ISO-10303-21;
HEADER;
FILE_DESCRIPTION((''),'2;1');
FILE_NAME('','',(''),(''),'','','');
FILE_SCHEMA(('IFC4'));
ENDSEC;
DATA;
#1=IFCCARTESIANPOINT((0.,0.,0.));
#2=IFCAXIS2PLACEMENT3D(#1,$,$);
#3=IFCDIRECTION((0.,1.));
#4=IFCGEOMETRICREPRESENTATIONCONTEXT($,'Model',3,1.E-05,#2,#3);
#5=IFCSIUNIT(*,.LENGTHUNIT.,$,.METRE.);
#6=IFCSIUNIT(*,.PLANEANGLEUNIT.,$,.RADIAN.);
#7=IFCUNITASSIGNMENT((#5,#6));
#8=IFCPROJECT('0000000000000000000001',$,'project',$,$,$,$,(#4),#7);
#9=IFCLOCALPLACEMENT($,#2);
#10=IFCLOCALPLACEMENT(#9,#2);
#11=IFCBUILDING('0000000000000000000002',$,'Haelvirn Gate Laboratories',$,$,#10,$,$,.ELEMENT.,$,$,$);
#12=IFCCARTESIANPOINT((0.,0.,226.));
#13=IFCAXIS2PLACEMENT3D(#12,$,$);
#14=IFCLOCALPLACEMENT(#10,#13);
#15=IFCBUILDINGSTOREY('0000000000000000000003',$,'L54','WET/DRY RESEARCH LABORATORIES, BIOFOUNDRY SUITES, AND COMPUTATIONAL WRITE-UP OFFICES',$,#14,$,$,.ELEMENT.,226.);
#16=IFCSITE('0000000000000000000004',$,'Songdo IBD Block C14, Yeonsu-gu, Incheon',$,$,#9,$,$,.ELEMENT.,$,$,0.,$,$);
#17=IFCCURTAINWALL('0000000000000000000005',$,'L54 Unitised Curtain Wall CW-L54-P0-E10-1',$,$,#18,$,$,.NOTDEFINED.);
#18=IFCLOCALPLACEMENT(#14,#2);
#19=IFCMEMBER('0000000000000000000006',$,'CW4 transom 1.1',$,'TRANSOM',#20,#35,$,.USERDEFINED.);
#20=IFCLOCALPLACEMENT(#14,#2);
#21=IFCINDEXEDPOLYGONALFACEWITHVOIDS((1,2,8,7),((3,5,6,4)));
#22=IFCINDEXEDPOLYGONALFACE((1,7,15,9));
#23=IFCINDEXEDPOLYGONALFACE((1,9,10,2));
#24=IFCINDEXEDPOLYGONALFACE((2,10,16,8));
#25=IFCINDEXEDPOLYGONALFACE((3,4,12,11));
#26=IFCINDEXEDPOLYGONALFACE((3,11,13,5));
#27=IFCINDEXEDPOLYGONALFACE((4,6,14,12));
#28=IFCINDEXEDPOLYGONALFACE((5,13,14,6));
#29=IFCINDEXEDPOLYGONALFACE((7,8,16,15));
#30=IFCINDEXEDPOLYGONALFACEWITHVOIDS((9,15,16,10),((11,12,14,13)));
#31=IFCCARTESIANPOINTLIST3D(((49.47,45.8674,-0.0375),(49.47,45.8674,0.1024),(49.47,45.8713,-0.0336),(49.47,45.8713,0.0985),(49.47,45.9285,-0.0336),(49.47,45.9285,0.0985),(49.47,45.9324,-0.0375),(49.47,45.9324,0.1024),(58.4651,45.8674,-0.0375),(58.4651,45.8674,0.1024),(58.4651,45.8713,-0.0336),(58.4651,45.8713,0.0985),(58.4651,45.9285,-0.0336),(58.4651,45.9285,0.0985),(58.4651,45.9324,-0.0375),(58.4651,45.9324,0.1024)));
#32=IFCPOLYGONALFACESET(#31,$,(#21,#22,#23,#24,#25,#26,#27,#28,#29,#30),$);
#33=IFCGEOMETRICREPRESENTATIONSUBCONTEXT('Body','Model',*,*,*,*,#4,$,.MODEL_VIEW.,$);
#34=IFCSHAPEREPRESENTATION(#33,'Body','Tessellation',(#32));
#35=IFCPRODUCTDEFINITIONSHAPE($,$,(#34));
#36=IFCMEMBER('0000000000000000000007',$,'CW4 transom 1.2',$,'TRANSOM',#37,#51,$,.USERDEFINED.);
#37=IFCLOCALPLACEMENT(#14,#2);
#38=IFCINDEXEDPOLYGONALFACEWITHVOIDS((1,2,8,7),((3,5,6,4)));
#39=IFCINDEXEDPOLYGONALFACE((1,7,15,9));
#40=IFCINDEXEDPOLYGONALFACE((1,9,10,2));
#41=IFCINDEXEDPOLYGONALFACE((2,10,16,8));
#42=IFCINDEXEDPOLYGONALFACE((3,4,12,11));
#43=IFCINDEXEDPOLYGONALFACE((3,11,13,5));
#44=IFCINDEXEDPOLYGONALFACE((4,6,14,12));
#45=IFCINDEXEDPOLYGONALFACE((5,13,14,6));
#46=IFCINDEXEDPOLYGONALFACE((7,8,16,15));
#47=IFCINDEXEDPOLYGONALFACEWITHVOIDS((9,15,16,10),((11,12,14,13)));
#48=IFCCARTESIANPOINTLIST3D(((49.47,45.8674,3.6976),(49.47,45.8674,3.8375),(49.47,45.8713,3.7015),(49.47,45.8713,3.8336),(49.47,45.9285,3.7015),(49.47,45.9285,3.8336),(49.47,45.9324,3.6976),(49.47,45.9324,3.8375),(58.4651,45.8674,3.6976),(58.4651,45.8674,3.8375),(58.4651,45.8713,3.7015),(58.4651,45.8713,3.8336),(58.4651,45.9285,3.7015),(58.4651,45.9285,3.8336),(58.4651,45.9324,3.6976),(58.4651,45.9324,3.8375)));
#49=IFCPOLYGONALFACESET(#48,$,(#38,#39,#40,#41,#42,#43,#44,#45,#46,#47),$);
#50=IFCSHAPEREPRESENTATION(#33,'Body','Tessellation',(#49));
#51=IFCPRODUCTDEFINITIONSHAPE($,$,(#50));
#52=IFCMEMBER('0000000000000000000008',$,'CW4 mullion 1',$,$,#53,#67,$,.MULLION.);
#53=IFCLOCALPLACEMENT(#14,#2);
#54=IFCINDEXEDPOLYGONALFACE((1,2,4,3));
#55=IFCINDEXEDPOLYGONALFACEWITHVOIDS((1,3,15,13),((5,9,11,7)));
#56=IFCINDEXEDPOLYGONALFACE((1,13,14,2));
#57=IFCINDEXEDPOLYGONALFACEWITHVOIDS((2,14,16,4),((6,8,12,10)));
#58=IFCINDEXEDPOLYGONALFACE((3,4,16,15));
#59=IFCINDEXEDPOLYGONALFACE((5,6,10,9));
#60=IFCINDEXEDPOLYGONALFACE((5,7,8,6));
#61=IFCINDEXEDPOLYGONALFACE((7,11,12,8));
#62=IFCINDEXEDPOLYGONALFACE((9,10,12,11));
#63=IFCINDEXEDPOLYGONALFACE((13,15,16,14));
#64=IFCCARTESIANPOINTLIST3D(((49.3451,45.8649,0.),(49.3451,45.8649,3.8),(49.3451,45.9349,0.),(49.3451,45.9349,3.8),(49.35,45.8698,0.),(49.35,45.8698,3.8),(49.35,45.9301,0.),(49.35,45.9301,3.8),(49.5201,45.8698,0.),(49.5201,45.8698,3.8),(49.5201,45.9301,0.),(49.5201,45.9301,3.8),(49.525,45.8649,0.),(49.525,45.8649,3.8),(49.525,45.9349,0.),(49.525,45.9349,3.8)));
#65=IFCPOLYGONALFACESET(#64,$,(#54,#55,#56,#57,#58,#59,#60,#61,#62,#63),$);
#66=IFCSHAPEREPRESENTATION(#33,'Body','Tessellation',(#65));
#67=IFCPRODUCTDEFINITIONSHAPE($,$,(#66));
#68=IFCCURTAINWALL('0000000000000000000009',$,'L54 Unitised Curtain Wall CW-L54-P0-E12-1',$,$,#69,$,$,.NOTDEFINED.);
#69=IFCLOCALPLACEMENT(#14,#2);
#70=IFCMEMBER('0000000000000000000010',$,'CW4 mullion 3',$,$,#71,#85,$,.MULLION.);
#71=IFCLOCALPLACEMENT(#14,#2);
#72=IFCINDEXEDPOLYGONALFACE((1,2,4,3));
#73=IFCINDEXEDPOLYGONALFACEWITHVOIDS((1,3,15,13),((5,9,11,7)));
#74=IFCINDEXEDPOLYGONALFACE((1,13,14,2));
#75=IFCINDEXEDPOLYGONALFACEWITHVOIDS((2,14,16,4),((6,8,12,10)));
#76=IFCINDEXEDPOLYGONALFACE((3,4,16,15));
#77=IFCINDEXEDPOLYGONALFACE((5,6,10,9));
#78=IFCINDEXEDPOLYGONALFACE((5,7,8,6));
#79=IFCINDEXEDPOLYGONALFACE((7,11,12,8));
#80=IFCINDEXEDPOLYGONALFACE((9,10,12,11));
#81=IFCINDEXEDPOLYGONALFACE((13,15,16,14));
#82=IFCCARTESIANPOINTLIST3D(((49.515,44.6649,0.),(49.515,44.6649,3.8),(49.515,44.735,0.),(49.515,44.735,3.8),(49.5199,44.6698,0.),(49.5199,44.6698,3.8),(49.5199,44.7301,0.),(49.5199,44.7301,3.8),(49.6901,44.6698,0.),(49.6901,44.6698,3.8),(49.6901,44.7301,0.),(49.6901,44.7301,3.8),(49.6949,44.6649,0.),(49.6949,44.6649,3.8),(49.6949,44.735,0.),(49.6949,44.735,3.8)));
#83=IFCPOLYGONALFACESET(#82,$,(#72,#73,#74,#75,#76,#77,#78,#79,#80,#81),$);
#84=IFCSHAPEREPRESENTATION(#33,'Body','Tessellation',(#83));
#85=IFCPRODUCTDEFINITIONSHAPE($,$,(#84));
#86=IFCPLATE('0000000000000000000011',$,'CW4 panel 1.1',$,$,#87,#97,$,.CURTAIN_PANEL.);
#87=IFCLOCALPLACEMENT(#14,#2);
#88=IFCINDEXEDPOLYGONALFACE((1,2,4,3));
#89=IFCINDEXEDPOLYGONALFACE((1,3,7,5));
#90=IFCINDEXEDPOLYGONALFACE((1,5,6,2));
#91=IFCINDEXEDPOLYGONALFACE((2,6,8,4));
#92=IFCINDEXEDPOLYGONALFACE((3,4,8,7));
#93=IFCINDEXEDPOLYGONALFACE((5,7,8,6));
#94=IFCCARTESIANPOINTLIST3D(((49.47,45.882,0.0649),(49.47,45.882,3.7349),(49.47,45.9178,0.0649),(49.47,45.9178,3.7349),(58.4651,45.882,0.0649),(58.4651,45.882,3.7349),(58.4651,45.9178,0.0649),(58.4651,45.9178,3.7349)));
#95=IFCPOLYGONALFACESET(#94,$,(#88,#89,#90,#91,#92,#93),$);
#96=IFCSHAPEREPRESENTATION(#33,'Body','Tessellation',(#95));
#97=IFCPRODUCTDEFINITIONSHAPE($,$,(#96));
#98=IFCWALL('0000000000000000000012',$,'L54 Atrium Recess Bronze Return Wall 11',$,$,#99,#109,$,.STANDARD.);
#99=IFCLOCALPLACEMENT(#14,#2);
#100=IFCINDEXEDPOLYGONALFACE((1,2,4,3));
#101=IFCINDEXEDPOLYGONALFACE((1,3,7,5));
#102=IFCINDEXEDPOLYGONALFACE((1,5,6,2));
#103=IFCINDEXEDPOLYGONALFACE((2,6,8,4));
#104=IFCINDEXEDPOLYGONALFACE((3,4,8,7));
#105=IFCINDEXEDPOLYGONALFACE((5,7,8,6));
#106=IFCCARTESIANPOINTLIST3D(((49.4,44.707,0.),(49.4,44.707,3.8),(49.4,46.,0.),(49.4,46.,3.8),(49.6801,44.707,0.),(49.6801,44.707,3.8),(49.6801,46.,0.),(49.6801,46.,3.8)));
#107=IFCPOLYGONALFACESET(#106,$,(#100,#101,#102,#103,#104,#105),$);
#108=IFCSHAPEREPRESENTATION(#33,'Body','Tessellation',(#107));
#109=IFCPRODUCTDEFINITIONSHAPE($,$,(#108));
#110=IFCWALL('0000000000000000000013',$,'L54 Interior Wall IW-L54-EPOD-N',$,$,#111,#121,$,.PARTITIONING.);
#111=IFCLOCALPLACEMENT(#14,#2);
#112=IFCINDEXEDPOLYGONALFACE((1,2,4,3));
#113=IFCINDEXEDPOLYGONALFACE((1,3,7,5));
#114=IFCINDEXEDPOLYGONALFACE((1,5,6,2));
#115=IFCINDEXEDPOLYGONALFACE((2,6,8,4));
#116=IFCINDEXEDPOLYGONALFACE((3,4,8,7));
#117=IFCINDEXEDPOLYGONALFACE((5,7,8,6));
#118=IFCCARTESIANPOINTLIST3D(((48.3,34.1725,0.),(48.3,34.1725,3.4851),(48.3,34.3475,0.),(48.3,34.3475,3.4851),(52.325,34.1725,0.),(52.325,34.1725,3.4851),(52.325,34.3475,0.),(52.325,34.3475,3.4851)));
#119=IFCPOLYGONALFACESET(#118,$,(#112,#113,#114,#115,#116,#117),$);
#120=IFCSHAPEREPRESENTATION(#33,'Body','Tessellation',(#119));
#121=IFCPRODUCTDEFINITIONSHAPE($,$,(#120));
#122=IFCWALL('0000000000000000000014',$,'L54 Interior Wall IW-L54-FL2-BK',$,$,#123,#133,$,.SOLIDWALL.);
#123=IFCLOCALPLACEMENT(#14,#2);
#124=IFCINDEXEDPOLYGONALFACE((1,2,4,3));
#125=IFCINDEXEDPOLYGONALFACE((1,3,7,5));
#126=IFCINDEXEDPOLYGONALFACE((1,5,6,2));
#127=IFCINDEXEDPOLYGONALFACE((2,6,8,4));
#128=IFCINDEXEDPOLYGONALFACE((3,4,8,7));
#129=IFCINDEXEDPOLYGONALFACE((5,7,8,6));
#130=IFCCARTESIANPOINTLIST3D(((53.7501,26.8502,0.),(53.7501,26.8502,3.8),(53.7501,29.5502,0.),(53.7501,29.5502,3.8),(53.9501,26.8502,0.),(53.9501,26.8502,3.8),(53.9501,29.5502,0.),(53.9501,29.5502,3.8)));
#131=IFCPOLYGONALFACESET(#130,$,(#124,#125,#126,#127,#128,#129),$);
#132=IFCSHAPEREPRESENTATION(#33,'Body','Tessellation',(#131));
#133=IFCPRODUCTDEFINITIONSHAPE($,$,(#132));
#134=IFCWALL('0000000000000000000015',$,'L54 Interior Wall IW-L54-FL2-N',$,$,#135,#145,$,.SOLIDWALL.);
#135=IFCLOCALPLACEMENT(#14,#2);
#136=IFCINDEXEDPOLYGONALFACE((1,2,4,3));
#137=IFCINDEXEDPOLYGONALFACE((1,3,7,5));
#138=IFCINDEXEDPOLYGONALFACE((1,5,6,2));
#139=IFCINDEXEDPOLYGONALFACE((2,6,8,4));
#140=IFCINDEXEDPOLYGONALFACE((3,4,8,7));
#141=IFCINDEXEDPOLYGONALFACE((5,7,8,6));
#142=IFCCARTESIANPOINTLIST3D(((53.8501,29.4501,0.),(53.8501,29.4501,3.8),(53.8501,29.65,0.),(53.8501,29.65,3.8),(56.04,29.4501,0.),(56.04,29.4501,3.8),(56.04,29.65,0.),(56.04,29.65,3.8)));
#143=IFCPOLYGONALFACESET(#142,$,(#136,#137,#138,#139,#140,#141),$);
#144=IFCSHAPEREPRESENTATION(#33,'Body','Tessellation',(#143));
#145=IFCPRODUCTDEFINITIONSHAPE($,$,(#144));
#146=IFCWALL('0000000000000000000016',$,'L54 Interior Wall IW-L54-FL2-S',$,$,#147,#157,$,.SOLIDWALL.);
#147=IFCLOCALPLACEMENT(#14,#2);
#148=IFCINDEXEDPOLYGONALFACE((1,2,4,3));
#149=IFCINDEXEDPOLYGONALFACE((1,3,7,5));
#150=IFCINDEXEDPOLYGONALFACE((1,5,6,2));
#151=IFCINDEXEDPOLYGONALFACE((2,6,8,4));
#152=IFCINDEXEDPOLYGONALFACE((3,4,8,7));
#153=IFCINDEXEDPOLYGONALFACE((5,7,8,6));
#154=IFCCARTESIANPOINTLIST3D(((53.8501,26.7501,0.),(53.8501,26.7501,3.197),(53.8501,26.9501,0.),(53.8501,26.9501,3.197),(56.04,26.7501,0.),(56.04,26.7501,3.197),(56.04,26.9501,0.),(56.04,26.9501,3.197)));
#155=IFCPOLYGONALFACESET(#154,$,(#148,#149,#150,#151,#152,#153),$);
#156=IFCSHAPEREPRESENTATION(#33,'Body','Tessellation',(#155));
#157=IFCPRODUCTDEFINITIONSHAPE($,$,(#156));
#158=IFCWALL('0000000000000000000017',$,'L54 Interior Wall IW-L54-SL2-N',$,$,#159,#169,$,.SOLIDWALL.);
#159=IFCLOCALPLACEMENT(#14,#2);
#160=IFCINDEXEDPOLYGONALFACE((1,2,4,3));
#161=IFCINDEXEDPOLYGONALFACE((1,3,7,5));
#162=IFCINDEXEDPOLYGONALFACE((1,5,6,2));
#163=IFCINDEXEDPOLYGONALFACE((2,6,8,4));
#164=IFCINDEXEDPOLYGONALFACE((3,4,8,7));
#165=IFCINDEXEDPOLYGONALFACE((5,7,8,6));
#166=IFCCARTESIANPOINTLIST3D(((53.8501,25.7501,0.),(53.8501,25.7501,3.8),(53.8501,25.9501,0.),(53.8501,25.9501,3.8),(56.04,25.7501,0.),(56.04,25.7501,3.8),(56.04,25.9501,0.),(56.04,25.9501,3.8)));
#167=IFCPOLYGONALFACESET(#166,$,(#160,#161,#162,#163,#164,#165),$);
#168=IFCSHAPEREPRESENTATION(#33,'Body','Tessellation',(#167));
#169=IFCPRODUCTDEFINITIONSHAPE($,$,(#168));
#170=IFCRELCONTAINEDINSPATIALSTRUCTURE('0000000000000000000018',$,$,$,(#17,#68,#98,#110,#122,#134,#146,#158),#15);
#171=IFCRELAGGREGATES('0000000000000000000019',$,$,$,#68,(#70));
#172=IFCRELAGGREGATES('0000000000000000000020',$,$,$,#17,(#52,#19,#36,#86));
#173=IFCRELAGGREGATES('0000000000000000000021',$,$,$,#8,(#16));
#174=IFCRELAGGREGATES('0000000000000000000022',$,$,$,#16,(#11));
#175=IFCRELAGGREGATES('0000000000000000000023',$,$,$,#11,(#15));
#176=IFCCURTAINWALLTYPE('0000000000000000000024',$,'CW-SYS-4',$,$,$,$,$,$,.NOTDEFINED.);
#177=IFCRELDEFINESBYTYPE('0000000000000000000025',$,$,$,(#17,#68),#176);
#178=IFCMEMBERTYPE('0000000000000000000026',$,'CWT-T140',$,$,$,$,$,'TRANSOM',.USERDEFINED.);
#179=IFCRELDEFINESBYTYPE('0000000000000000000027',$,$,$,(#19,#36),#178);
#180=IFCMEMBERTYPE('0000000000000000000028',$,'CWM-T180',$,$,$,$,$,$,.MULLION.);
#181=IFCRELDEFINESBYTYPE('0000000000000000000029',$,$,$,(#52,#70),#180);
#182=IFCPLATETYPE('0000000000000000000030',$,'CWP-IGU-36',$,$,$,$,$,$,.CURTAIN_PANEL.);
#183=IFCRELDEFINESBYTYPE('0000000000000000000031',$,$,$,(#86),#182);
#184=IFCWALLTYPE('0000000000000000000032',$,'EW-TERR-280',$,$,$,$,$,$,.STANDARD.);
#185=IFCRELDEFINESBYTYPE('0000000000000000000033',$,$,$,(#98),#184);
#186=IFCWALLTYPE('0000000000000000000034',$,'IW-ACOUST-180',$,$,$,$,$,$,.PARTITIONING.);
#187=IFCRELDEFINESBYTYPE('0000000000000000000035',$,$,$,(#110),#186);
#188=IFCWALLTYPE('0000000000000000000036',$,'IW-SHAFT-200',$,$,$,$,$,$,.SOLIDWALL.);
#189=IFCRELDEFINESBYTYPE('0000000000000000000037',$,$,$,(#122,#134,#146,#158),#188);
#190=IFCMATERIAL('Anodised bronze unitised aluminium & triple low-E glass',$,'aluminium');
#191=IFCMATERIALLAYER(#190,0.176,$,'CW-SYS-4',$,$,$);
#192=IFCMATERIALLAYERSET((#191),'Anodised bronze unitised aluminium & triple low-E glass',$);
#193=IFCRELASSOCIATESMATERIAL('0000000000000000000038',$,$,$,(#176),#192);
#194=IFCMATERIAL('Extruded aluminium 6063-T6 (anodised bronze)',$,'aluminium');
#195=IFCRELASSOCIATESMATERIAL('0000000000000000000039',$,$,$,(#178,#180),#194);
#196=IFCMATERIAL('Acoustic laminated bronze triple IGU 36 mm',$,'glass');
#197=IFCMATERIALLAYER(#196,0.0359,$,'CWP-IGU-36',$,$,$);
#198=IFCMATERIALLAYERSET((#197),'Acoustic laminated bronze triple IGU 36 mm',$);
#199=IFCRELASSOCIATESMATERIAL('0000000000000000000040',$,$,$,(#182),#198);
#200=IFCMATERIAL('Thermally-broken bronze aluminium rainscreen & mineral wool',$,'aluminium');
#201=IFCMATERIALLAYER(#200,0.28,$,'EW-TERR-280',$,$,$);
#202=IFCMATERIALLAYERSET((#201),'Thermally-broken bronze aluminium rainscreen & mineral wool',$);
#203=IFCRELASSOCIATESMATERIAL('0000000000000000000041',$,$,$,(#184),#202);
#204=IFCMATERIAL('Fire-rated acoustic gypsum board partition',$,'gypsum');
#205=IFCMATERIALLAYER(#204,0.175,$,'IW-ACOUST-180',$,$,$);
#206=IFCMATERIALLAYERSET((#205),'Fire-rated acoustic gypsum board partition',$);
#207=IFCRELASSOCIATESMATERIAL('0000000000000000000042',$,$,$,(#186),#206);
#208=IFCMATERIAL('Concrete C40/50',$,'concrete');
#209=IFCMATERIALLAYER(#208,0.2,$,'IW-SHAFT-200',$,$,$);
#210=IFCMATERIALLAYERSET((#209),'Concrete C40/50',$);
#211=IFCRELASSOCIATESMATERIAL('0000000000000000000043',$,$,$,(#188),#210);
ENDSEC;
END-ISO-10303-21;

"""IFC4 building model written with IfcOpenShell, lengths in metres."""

from ifc_helpers import new_model, si_unit, direction, frame, frame_2d, origin, origin_2d, place, context, subcontext, project, spatial, rectangle, hollow_rectangle, extrude, source, transform, mapped, material, layer, layer_set, material_profile, profile_set, type_object, type_shapes, element, aggregate, save


model = new_model("IFC4")

# Units and contexts
model_context = context("Model", 3, precision=1e-05, world=origin(), true_north=direction((0.0, 1.0)))
body_context = subcontext(model_context, "Body", "Model", "MODEL_VIEW")
ifc_project = project(units=[si_unit("LENGTHUNIT", "METRE"), si_unit("PLANEANGLEUNIT", "RADIAN")], contexts=[model_context])

# Site, building, storey
site_placement = place(None, origin())
site = spatial("IfcSite", under=ifc_project, at=site_placement, Name="Songdo IBD Block C14, Yeonsu-gu, Incheon", CompositionType="ELEMENT", RefElevation=0.0)
building_placement = place(site_placement, origin())
building = spatial("IfcBuilding", under=site, at=building_placement, Name="Haelvirn Gate Laboratories", CompositionType="ELEMENT")
storey_placement = place(building_placement, frame((0.0, 0.0, 226.0)))
storey = spatial("IfcBuildingStorey", under=building, at=storey_placement, Name="L54", Description="WET/DRY RESEARCH LABORATORIES, BIOFOUNDRY SUITES, AND COMPUTATIONAL WRITE-UP OFFICES", CompositionType="ELEMENT", Elevation=226.0)

# Curtain wall, members
ifc_material_1 = material(Name="Anodised bronze unitised aluminium & triple low-E glass", Category="aluminium")
ifc_layer_1 = layer(ifc_material_1, 0.176, Name="CW-SYS-4")
ifc_layer_set_1 = layer_set([ifc_layer_1], Name="Anodised bronze unitised aluminium & triple low-E glass")
curtain_wall_type = type_object("IfcCurtainWallType", Name="CW-SYS-4", PredefinedType="NOTDEFINED", material=ifc_layer_set_1)
curtain_wall_1_placement = place(storey_placement, origin())
curtain_wall_1 = element("IfcCurtainWall", 1, at=curtain_wall_1_placement, inside=storey, type_object=curtain_wall_type, Name="L54 Unitised Curtain Wall CW-L54-P0-E10-1", PredefinedType="NOTDEFINED")
ifc_material_2 = material(Name="Extruded aluminium 6063-T6 (anodised bronze)", Category="aluminium")
ifc_material_profile_1 = material_profile(ifc_material_2, hollow_rectangle(XDim=0.0649, YDim=0.1399, WallThickness=0.0039, at=origin_2d()), Name="CWT-140x65x4")
ifc_profile_set_1 = profile_set([ifc_material_profile_1], Name="Extruded aluminium 6063-T6 (anodised bronze)")
member_type_1 = type_object("IfcMemberType", Name="CWT-T140", ElementType="TRANSOM", PredefinedType="USERDEFINED", material=ifc_profile_set_1)
shared_shape_1 = source(origin(), body_context, "Body", "SweptSolid", [
    extrude(hollow_rectangle(XDim=0.0649, YDim=0.1399, WallThickness=0.0039, at=origin_2d()), origin(), (0.0, 0.0, 1.0), 8.9951),
])
type_shapes(member_type_1, [shared_shape_1])
member_1_placement = place(storey_placement, frame((49.47, 45.8999, 0.0325), z_axis=(1.0, 0.0, 0.0), x_axis=(0.0, 1.0, 0.0)))
member_1 = element("IfcMember", 2, at=member_1_placement, type_object=member_type_1, Name="CW4 transom 1.1", ObjectType="TRANSOM", PredefinedType="USERDEFINED", context=body_context, shape_type="MappedRepresentation", body=[
    mapped(shared_shape_1, transform((0.0, 0.0, 0.0), scale=1.0)),
])
member_2_placement = place(storey_placement, frame((49.47, 45.8999, 3.7676), z_axis=(1.0, 0.0, 0.0), x_axis=(0.0, 1.0, 0.0)))
member_2 = element("IfcMember", 3, at=member_2_placement, type_object=member_type_1, Name="CW4 transom 1.2", ObjectType="TRANSOM", PredefinedType="USERDEFINED", context=body_context, shape_type="MappedRepresentation", body=[
    mapped(shared_shape_1, transform((0.0, 0.0, 0.0), scale=1.0)),
])
ifc_material_profile_2 = material_profile(ifc_material_2, hollow_rectangle(XDim=0.0701, YDim=0.1799, WallThickness=0.0049, at=origin_2d()), Name="CWM-180x70x5")
ifc_profile_set_2 = profile_set([ifc_material_profile_2], Name="Extruded aluminium 6063-T6 (anodised bronze)")
member_type_2 = type_object("IfcMemberType", Name="CWM-T180", PredefinedType="MULLION", material=ifc_profile_set_2)
shared_shape_2 = source(origin(), body_context, "Body", "SweptSolid", [
    extrude(hollow_rectangle(XDim=0.0701, YDim=0.1799, WallThickness=0.0049, at=origin_2d()), origin(), (0.0, 0.0, 1.0), 3.8),
])
type_shapes(member_type_2, [shared_shape_2])
member_3_placement = place(storey_placement, frame((49.4351, 45.8999, 0.0), z_axis=(0.0, 0.0, 1.0), x_axis=(0.0, 1.0, 0.0)))
member_3 = element("IfcMember", 4, at=member_3_placement, type_object=member_type_2, Name="CW4 mullion 1", PredefinedType="MULLION", context=body_context, shape_type="MappedRepresentation", body=[
    mapped(shared_shape_2, transform((0.0, 0.0, 0.0), scale=1.0)),
])

# Curtain wall, member
curtain_wall_2_placement = place(storey_placement, origin())
curtain_wall_2 = element("IfcCurtainWall", 5, at=curtain_wall_2_placement, inside=storey, type_object=curtain_wall_type, Name="L54 Unitised Curtain Wall CW-L54-P0-E12-1", PredefinedType="NOTDEFINED")
member_4_placement = place(storey_placement, frame((49.605, 44.7, 0.0), z_axis=(0.0, 0.0, 1.0), x_axis=(0.0, 1.0, 0.0)))
member_4 = element("IfcMember", 6, at=member_4_placement, type_object=member_type_2, Name="CW4 mullion 3", PredefinedType="MULLION", context=body_context, shape_type="MappedRepresentation", body=[
    mapped(shared_shape_2, transform((0.0, 0.0, 0.0), scale=1.0)),
])
aggregate(curtain_wall_2, [member_4])

# Plate
ifc_material_3 = material(Name="Acoustic laminated bronze triple IGU 36 mm", Category="glass")
ifc_layer_2 = layer(ifc_material_3, 0.0359, Name="CWP-IGU-36")
ifc_layer_set_2 = layer_set([ifc_layer_2], Name="Acoustic laminated bronze triple IGU 36 mm")
plate_type = type_object("IfcPlateType", Name="CWP-IGU-36", PredefinedType="CURTAIN_PANEL", material=ifc_layer_set_2)
shared_shape_3 = source(origin(), body_context, "Body", "SweptSolid", [
    extrude(rectangle(XDim=8.9951, YDim=0.0359, at=origin_2d()), origin(), (0.0, 0.0, 1.0), 3.6699),
])
type_shapes(plate_type, [shared_shape_3])
plate_placement = place(storey_placement, frame((53.9675, 45.8999, 0.0649), z_axis=(0.0, 0.0, 1.0), x_axis=(1.0, 0.0, 0.0)))
plate = element("IfcPlate", 7, at=plate_placement, type_object=plate_type, Name="CW4 panel 1.1", PredefinedType="CURTAIN_PANEL", context=body_context, shape_type="MappedRepresentation", body=[
    mapped(shared_shape_3, transform((0.0, 0.0, 0.0), scale=1.0)),
])
aggregate(curtain_wall_1, [member_3, member_1, member_2, plate])

# Walls
ifc_material_4 = material(Name="Thermally-broken bronze aluminium rainscreen & mineral wool", Category="aluminium")
ifc_layer_3 = layer(ifc_material_4, 0.28, Name="EW-TERR-280")
ifc_layer_set_3 = layer_set([ifc_layer_3], Name="Thermally-broken bronze aluminium rainscreen & mineral wool")
wall_type_1 = type_object("IfcWallType", Name="EW-TERR-280", PredefinedType="STANDARD", material=ifc_layer_set_3)
wall_1_placement = place(storey_placement, frame((49.54, 46.0, 0.0), z_axis=(0.0, 0.0, 1.0), x_axis=(0.0, -1.0, 0.0)))
element("IfcWall", 8, at=wall_1_placement, inside=storey, type_object=wall_type_1, Name="L54 Atrium Recess Bronze Return Wall 11", PredefinedType="STANDARD", context=body_context, shape_type="SweptSolid", body=[
    extrude(rectangle(XDim=1.293, YDim=0.28, at=frame_2d((0.6465, 0.0))), origin(), (0.0, 0.0, 1.0), 3.8),
])
ifc_material_5 = material(Name="Fire-rated acoustic gypsum board partition", Category="gypsum")
ifc_layer_4 = layer(ifc_material_5, 0.175, Name="IW-ACOUST-180")
ifc_layer_set_4 = layer_set([ifc_layer_4], Name="Fire-rated acoustic gypsum board partition")
wall_type_2 = type_object("IfcWallType", Name="IW-ACOUST-180", PredefinedType="PARTITIONING", material=ifc_layer_set_4)
wall_2_placement = place(storey_placement, frame((48.3, 34.26, 0.0), z_axis=(0.0, 0.0, 1.0), x_axis=(1.0, 0.0, 0.0)))
element("IfcWall", 9, at=wall_2_placement, inside=storey, type_object=wall_type_2, Name="L54 Interior Wall IW-L54-EPOD-N", PredefinedType="PARTITIONING", context=body_context, shape_type="SweptSolid", body=[
    extrude(rectangle(XDim=4.0249, YDim=0.175, at=frame_2d((2.0125, 0.0))), origin(), (0.0, 0.0, 1.0), 3.4851),
])
ifc_material_6 = material(Name="Concrete C40/50", Category="concrete")
ifc_layer_5 = layer(ifc_material_6, 0.2, Name="IW-SHAFT-200")
ifc_layer_set_5 = layer_set([ifc_layer_5], Name="Concrete C40/50")
wall_type_3 = type_object("IfcWallType", Name="IW-SHAFT-200", PredefinedType="SOLIDWALL", material=ifc_layer_set_5)
wall_3_placement = place(storey_placement, frame((53.8501, 26.8501, 0.0), z_axis=(0.0, 0.0, 1.0), x_axis=(0.0, 1.0, 0.0)))
element("IfcWall", 10, at=wall_3_placement, inside=storey, type_object=wall_type_3, Name="L54 Interior Wall IW-L54-FL2-BK", PredefinedType="SOLIDWALL", context=body_context, shape_type="SweptSolid", body=[
    extrude(rectangle(XDim=2.7, YDim=0.2, at=frame_2d((1.3501, 0.0))), origin(), (0.0, 0.0, 1.0), 3.8),
])
wall_4_placement = place(storey_placement, frame((53.8501, 29.55, 0.0), z_axis=(0.0, 0.0, 1.0), x_axis=(1.0, 0.0, 0.0)))
element("IfcWall", 11, at=wall_4_placement, inside=storey, type_object=wall_type_3, Name="L54 Interior Wall IW-L54-FL2-N", PredefinedType="SOLIDWALL", context=body_context, shape_type="SweptSolid", body=[
    extrude(rectangle(XDim=2.1899, YDim=0.2, at=frame_2d((1.095, 0.0))), origin(), (0.0, 0.0, 1.0), 3.8),
])
wall_5_placement = place(storey_placement, frame((53.8501, 26.8501, 0.0), z_axis=(0.0, 0.0, 1.0), x_axis=(1.0, 0.0, 0.0)))
element("IfcWall", 12, at=wall_5_placement, inside=storey, type_object=wall_type_3, Name="L54 Interior Wall IW-L54-FL2-S", PredefinedType="SOLIDWALL", context=body_context, shape_type="SweptSolid", body=[
    extrude(rectangle(XDim=2.1899, YDim=0.2, at=frame_2d((1.095, 0.0))), origin(), (0.0, 0.0, 1.0), 3.197),
])
wall_6_placement = place(storey_placement, frame((53.8501, 25.8501, 0.0), z_axis=(0.0, 0.0, 1.0), x_axis=(1.0, 0.0, 0.0)))
element("IfcWall", 13, at=wall_6_placement, inside=storey, type_object=wall_type_3, Name="L54 Interior Wall IW-L54-SL2-N", PredefinedType="SOLIDWALL", context=body_context, shape_type="SweptSolid", body=[
    extrude(rectangle(XDim=2.1899, YDim=0.2, at=frame_2d((1.095, 0.0))), origin(), (0.0, 0.0, 1.0), 3.8),
])

save(model, "model.ifc")
